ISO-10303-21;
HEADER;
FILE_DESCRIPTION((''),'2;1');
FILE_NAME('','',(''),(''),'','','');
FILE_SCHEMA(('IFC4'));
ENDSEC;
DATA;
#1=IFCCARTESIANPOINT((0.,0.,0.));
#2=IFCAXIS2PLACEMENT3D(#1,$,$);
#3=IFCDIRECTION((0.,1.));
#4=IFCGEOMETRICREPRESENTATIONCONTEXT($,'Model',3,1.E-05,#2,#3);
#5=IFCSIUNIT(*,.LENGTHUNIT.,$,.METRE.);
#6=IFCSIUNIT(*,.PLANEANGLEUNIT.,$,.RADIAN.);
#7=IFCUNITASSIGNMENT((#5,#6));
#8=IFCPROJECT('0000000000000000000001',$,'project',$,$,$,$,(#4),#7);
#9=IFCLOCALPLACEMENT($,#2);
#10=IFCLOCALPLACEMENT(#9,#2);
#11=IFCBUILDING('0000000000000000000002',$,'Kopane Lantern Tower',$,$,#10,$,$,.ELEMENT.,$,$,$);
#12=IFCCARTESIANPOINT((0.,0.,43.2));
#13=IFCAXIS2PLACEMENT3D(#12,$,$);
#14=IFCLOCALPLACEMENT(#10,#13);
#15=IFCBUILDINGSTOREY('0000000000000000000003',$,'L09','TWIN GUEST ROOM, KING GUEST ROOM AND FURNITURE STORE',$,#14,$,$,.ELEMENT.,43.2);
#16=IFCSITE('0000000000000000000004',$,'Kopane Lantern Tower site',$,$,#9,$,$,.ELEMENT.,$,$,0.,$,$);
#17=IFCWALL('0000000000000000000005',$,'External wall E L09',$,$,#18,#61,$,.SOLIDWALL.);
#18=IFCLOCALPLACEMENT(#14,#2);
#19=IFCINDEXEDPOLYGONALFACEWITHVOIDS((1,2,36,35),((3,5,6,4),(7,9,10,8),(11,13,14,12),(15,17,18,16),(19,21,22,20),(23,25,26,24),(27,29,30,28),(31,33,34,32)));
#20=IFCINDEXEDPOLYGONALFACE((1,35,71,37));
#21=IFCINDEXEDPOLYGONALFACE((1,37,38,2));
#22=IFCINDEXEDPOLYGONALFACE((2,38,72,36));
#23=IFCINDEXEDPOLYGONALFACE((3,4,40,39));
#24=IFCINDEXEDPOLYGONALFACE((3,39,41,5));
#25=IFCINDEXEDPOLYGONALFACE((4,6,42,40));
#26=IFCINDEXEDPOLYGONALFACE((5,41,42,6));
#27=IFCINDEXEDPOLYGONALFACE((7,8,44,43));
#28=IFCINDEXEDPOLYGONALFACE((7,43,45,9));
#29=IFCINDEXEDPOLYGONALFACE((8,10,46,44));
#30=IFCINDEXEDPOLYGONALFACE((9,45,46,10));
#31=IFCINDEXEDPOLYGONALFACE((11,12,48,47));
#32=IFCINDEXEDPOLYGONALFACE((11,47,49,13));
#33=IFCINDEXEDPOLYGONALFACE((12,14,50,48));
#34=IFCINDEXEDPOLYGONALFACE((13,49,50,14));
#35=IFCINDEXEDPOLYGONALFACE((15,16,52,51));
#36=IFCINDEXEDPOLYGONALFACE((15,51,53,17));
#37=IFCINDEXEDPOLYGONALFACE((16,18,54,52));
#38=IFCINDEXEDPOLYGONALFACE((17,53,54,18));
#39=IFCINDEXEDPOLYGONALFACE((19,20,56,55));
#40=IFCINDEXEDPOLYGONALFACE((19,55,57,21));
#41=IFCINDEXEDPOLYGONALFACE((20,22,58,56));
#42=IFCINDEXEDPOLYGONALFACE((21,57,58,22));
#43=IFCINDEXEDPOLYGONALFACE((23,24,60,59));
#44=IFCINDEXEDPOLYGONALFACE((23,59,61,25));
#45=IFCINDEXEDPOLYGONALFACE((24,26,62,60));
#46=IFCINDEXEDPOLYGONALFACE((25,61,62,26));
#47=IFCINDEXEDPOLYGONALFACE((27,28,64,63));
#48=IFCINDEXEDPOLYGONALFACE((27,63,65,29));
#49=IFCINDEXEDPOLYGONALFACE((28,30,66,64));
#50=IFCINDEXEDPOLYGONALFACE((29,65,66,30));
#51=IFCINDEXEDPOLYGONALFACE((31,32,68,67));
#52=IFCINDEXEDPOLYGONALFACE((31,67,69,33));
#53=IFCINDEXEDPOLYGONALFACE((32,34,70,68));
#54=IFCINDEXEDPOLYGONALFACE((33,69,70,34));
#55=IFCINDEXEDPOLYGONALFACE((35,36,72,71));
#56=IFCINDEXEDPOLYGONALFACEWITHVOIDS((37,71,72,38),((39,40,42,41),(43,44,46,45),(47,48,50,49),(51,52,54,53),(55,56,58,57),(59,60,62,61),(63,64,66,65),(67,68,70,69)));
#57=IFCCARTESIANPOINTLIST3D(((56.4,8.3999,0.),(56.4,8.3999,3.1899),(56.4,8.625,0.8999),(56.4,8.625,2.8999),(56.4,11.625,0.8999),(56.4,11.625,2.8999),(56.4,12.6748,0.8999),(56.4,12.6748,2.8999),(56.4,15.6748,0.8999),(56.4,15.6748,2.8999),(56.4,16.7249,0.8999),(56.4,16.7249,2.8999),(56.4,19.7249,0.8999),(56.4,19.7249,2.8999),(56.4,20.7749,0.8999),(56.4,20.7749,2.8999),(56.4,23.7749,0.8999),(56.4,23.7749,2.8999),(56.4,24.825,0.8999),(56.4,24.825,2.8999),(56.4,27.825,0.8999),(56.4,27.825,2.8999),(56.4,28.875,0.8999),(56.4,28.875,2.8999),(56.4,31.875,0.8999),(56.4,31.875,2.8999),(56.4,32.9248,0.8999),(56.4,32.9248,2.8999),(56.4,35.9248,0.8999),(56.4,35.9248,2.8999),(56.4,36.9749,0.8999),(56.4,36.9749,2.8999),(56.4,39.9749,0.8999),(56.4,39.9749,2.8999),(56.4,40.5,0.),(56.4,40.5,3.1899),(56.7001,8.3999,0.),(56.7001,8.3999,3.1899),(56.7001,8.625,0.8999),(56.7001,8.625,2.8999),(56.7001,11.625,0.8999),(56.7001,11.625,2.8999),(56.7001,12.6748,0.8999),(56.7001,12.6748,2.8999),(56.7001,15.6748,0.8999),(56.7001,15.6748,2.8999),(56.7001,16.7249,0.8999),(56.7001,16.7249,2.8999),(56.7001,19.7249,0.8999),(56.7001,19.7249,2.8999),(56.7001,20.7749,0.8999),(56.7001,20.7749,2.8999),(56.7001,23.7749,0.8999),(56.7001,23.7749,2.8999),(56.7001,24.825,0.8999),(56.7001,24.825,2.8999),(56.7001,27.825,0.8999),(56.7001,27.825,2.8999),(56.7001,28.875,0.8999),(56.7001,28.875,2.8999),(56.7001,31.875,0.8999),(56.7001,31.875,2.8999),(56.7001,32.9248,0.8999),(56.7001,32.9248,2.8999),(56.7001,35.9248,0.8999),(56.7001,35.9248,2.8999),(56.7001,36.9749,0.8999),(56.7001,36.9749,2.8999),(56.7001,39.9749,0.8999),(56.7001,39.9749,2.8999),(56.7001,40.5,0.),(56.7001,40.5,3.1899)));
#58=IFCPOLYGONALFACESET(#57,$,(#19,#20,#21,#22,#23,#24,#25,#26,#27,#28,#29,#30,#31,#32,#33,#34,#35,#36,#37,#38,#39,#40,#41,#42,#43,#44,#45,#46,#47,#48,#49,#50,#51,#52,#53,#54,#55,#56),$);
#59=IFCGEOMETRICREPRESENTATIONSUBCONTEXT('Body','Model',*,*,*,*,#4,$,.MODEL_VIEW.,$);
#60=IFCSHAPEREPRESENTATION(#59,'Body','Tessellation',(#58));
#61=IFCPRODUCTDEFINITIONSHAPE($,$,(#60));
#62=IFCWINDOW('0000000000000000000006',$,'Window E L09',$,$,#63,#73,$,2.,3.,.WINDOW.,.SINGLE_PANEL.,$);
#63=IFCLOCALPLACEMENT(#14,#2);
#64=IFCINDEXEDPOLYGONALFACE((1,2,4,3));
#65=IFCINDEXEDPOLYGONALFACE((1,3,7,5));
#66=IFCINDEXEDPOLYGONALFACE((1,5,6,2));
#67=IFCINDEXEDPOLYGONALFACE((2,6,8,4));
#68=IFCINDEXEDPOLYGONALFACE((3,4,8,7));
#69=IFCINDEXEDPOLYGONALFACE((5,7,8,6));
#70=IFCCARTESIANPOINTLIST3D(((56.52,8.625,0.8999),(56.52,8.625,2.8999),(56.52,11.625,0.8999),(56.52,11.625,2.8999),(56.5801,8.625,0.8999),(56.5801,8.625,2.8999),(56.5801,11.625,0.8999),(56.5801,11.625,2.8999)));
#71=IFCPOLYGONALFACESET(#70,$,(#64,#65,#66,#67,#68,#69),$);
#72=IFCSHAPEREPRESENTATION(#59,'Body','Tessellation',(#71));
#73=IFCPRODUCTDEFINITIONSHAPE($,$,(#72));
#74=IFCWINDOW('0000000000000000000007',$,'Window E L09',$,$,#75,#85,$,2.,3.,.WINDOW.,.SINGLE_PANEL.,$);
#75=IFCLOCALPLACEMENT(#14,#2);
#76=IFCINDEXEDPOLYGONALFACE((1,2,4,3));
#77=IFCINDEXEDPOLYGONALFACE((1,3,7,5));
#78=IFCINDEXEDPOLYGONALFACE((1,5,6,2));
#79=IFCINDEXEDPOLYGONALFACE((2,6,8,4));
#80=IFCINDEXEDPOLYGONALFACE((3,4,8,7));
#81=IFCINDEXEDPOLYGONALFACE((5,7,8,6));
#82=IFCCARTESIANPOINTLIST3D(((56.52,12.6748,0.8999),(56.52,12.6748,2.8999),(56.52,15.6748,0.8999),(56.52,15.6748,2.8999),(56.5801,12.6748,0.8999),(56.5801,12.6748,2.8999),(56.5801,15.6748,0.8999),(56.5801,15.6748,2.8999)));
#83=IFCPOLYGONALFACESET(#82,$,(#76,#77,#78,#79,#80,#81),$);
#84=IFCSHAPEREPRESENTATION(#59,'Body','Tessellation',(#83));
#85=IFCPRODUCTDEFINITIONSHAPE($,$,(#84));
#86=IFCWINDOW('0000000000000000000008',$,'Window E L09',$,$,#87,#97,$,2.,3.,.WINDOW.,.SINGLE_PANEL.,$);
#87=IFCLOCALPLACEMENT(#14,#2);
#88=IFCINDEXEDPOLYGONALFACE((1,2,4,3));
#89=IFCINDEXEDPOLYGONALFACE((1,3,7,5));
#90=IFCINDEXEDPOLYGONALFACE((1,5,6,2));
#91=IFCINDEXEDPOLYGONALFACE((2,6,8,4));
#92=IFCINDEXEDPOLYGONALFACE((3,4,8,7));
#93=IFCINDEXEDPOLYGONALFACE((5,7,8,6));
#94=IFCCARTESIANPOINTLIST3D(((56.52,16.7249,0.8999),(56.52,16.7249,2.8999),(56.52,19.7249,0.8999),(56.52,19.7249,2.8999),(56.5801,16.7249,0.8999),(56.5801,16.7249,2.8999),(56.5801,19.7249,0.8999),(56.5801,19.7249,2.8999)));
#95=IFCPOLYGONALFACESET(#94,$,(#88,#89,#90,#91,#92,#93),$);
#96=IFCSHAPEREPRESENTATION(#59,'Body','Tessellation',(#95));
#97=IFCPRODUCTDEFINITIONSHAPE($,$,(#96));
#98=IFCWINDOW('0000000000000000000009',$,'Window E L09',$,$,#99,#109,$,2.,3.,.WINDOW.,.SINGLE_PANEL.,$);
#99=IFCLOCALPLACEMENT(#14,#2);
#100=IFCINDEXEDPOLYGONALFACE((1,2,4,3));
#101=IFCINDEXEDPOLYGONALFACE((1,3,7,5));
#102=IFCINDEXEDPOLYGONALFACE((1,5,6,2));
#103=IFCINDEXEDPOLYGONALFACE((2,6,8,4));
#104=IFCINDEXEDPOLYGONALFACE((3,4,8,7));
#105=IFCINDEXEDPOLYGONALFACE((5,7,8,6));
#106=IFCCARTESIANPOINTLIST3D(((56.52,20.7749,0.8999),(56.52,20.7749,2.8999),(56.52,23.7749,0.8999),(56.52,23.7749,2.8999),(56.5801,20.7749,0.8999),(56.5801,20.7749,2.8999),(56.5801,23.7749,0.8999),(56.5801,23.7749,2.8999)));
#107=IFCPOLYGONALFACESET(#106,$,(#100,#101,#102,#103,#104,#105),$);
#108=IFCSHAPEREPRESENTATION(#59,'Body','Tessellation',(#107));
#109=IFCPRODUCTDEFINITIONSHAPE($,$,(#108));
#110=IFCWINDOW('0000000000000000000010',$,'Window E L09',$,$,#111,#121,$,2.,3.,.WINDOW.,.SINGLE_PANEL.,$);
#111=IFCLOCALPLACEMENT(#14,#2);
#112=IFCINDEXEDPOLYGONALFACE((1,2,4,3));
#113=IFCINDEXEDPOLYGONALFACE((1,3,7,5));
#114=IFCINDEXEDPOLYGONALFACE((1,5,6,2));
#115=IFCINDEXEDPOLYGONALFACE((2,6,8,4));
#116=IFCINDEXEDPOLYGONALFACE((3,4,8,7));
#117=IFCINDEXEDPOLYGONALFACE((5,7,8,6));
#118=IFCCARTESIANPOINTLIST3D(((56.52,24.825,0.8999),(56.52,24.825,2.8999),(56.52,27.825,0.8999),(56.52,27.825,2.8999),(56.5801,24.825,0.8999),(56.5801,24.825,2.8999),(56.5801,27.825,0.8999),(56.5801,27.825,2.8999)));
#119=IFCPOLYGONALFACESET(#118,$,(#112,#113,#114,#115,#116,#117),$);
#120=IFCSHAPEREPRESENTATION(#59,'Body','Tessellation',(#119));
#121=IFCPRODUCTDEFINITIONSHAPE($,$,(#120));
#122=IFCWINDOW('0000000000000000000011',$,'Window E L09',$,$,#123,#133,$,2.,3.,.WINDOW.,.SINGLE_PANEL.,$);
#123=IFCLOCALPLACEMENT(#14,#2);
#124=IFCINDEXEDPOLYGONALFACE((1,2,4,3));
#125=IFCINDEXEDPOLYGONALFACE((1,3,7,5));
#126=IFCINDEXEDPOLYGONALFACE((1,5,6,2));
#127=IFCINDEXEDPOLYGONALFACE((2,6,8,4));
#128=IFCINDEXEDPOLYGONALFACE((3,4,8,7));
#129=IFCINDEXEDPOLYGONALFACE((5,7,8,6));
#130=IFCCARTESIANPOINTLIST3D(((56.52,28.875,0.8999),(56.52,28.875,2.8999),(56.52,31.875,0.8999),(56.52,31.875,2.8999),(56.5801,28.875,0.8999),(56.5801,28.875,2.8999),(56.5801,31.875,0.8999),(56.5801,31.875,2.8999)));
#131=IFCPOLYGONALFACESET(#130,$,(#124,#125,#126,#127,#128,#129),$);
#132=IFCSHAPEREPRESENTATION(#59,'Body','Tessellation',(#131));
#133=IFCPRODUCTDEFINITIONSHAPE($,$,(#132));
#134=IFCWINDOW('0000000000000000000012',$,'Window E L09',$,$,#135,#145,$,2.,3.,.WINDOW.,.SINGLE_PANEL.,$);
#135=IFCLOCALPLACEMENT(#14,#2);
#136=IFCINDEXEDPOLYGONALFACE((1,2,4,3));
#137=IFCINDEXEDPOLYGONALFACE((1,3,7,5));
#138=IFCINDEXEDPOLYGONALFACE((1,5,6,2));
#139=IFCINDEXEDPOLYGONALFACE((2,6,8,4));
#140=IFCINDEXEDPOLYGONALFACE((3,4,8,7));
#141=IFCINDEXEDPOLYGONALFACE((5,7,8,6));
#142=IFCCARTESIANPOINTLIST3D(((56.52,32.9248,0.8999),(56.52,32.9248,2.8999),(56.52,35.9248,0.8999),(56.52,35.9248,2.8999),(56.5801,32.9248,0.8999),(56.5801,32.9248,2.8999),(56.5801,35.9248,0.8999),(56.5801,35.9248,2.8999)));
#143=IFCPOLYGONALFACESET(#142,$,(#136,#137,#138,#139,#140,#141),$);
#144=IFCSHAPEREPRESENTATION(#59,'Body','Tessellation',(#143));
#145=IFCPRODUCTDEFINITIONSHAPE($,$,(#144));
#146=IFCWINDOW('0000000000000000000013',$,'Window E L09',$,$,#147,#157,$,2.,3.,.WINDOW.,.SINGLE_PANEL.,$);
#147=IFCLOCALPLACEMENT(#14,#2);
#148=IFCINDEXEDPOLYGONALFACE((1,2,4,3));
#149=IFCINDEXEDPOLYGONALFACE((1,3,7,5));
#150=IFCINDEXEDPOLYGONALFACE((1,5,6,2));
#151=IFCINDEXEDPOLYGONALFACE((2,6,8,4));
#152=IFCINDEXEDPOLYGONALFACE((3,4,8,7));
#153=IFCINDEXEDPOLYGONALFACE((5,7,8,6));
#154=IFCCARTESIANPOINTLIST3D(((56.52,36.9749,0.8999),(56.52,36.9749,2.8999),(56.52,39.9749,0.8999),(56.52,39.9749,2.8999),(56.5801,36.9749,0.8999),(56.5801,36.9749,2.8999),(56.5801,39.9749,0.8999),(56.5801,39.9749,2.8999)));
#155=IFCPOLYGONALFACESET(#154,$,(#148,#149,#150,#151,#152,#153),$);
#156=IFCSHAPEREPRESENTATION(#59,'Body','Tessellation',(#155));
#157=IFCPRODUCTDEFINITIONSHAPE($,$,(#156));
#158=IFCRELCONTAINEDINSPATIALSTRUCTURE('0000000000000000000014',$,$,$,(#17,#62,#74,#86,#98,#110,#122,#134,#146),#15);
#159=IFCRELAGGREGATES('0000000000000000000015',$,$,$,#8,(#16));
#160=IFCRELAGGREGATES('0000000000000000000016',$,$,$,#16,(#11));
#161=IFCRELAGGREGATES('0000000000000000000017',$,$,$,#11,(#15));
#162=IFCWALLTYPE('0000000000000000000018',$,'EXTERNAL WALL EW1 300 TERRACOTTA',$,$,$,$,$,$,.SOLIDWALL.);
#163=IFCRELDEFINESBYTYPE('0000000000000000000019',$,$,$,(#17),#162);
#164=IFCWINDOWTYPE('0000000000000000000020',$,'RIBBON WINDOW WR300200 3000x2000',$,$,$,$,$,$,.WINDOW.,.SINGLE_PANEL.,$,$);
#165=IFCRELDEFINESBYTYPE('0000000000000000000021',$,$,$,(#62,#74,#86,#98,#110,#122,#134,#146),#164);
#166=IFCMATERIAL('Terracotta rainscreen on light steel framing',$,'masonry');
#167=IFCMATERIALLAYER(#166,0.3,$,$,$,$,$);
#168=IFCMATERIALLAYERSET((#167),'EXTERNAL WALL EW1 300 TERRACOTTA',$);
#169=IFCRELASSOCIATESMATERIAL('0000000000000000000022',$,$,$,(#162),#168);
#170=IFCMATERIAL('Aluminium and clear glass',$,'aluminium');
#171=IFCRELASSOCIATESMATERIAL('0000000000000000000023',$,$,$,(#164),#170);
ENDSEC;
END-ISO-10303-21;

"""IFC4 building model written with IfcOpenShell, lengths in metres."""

from ifc_helpers import new_model, si_unit, direction, frame, frame_2d, origin, place, context, subcontext, project, spatial, rectangle, extrude, material, layer, layer_set, type_object, element, fill, save


model = new_model("IFC4")

# Units and contexts
model_context = context("Model", 3, precision=1e-05, world=origin(), true_north=direction((0.0, 1.0)))
body_context = subcontext(model_context, "Body", "Model", "MODEL_VIEW")
ifc_project = project(units=[si_unit("LENGTHUNIT", "METRE"), si_unit("PLANEANGLEUNIT", "RADIAN")], contexts=[model_context])

# Site, building, storey
site_placement = place(None, origin())
site = spatial("IfcSite", under=ifc_project, at=site_placement, Name="Kopane Lantern Tower site", CompositionType="ELEMENT", RefElevation=0.0)
building_placement = place(site_placement, origin())
building = spatial("IfcBuilding", under=site, at=building_placement, Name="Kopane Lantern Tower", CompositionType="ELEMENT")
storey_placement = place(building_placement, frame((0.0, 0.0, 43.2)))
storey = spatial("IfcBuildingStorey", under=building, at=storey_placement, Name="L09", Description="TWIN GUEST ROOM, KING GUEST ROOM AND FURNITURE STORE", CompositionType="ELEMENT", Elevation=43.2)

# Shared definitions
ifc_material_1 = material(Name="Terracotta rainscreen on light steel framing", Category="masonry")
ifc_layer_1 = layer(ifc_material_1, 0.3)
ifc_layer_set_1 = layer_set([ifc_layer_1], Name="EXTERNAL WALL EW1 300 TERRACOTTA")
wall_type_1 = type_object("IfcWallType", Name="EXTERNAL WALL EW1 300 TERRACOTTA", PredefinedType="SOLIDWALL", material=ifc_layer_set_1)

# Wall, openings, windows
wall_1_placement = place(storey_placement, frame((56.55, 8.3999, 0.0), z_axis=(0.0, 0.0, 1.0), x_axis=(0.0, 1.0, 0.0)))
wall_1 = element("IfcWall", 1, at=wall_1_placement, inside=storey, type_object=wall_type_1, Name="External wall E L09", PredefinedType="SOLIDWALL", context=body_context, shape_type="SweptSolid", body=[
    extrude(rectangle(XDim=32.1001, YDim=0.3, at=frame_2d((16.05, 0.0))), origin(), (0.0, 0.0, 1.0), 3.1899),
])
opening_1_placement = place(wall_1_placement, frame((0.2251, 0.0, 0.8999)))
opening_1 = element("IfcOpeningElement", 2, at=opening_1_placement, cuts=wall_1, PredefinedType="OPENING", context=body_context, shape_type="SweptSolid", body=[
    extrude(rectangle(XDim=3.0, YDim=2.0, at=frame_2d((1.5, 1.0))), frame((0.0, 0.1599, 0.0), z_axis=(0.0, -1.0, 0.0), x_axis=(1.0, 0.0, 0.0)), (0.0, 0.0, 1.0), 0.3201),
])
opening_2_placement = place(wall_1_placement, frame((4.2749, 0.0, 0.8999)))
opening_2 = element("IfcOpeningElement", 3, at=opening_2_placement, cuts=wall_1, PredefinedType="OPENING", context=body_context, shape_type="SweptSolid", body=[
    extrude(rectangle(XDim=3.0, YDim=2.0, at=frame_2d((1.5, 1.0))), frame((0.0, 0.1599, 0.0), z_axis=(0.0, -1.0, 0.0), x_axis=(1.0, 0.0, 0.0)), (0.0, 0.0, 1.0), 0.3201),
])
opening_3_placement = place(wall_1_placement, frame((8.325, 0.0, 0.8999)))
opening_3 = element("IfcOpeningElement", 4, at=opening_3_placement, cuts=wall_1, PredefinedType="OPENING", context=body_context, shape_type="SweptSolid", body=[
    extrude(rectangle(XDim=3.0, YDim=2.0, at=frame_2d((1.5, 1.0))), frame((0.0, 0.1599, 0.0), z_axis=(0.0, -1.0, 0.0), x_axis=(1.0, 0.0, 0.0)), (0.0, 0.0, 1.0), 0.3201),
])
opening_4_placement = place(wall_1_placement, frame((12.375, 0.0, 0.8999)))
opening_4 = element("IfcOpeningElement", 5, at=opening_4_placement, cuts=wall_1, PredefinedType="OPENING", context=body_context, shape_type="SweptSolid", body=[
    extrude(rectangle(XDim=3.0, YDim=2.0, at=frame_2d((1.5, 1.0))), frame((0.0, 0.1599, 0.0), z_axis=(0.0, -1.0, 0.0), x_axis=(1.0, 0.0, 0.0)), (0.0, 0.0, 1.0), 0.3201),
])
opening_5_placement = place(wall_1_placement, frame((16.425, 0.0, 0.8999)))
opening_5 = element("IfcOpeningElement", 6, at=opening_5_placement, cuts=wall_1, PredefinedType="OPENING", context=body_context, shape_type="SweptSolid", body=[
    extrude(rectangle(XDim=3.0, YDim=2.0, at=frame_2d((1.5, 1.0))), frame((0.0, 0.1599, 0.0), z_axis=(0.0, -1.0, 0.0), x_axis=(1.0, 0.0, 0.0)), (0.0, 0.0, 1.0), 0.3201),
])
opening_6_placement = place(wall_1_placement, frame((20.4751, 0.0, 0.8999)))
opening_6 = element("IfcOpeningElement", 7, at=opening_6_placement, cuts=wall_1, PredefinedType="OPENING", context=body_context, shape_type="SweptSolid", body=[
    extrude(rectangle(XDim=3.0, YDim=2.0, at=frame_2d((1.5, 1.0))), frame((0.0, 0.1599, 0.0), z_axis=(0.0, -1.0, 0.0), x_axis=(1.0, 0.0, 0.0)), (0.0, 0.0, 1.0), 0.3201),
])
opening_7_placement = place(wall_1_placement, frame((24.5249, 0.0, 0.8999)))
opening_7 = element("IfcOpeningElement", 8, at=opening_7_placement, cuts=wall_1, PredefinedType="OPENING", context=body_context, shape_type="SweptSolid", body=[
    extrude(rectangle(XDim=3.0, YDim=2.0, at=frame_2d((1.5, 1.0))), frame((0.0, 0.1599, 0.0), z_axis=(0.0, -1.0, 0.0), x_axis=(1.0, 0.0, 0.0)), (0.0, 0.0, 1.0), 0.3201),
])
opening_8_placement = place(wall_1_placement, frame((28.575, 0.0, 0.8999)))
opening_8 = element("IfcOpeningElement", 9, at=opening_8_placement, cuts=wall_1, PredefinedType="OPENING", context=body_context, shape_type="SweptSolid", body=[
    extrude(rectangle(XDim=3.0, YDim=2.0, at=frame_2d((1.5, 1.0))), frame((0.0, 0.1599, 0.0), z_axis=(0.0, -1.0, 0.0), x_axis=(1.0, 0.0, 0.0)), (0.0, 0.0, 1.0), 0.3201),
])
ifc_material_2 = material(Name="Aluminium and clear glass", Category="aluminium")
window_type_1 = type_object("IfcWindowType", Name="RIBBON WINDOW WR300200 3000x2000", PartitioningType="SINGLE_PANEL", PredefinedType="WINDOW", material=ifc_material_2)
window_1_placement = place(opening_1_placement, origin())
window_1 = element("IfcWindow", 10, at=window_1_placement, inside=storey, type_object=window_type_1, Name="Window E L09", OverallHeight=2.0, OverallWidth=3.0, PartitioningType="SINGLE_PANEL", PredefinedType="WINDOW", context=body_context, shape_type="SweptSolid", body=[
    extrude(rectangle(XDim=3.0, YDim=2.0, at=frame_2d((1.5, 1.0))), frame((0.0, 0.03, 0.0), z_axis=(0.0, -1.0, 0.0), x_axis=(1.0, 0.0, 0.0)), (0.0, 0.0, 1.0), 0.0601),
])
fill(opening_1, window_1)
window_2_placement = place(opening_2_placement, origin())
window_2 = element("IfcWindow", 11, at=window_2_placement, inside=storey, type_object=window_type_1, Name="Window E L09", OverallHeight=2.0, OverallWidth=3.0, PartitioningType="SINGLE_PANEL", PredefinedType="WINDOW", context=body_context, shape_type="SweptSolid", body=[
    extrude(rectangle(XDim=3.0, YDim=2.0, at=frame_2d((1.5, 1.0))), frame((0.0, 0.03, 0.0), z_axis=(0.0, -1.0, 0.0), x_axis=(1.0, 0.0, 0.0)), (0.0, 0.0, 1.0), 0.0601),
])
fill(opening_2, window_2)
window_3_placement = place(opening_3_placement, origin())
window_3 = element("IfcWindow", 12, at=window_3_placement, inside=storey, type_object=window_type_1, Name="Window E L09", OverallHeight=2.0, OverallWidth=3.0, PartitioningType="SINGLE_PANEL", PredefinedType="WINDOW", context=body_context, shape_type="SweptSolid", body=[
    extrude(rectangle(XDim=3.0, YDim=2.0, at=frame_2d((1.5, 1.0))), frame((0.0, 0.03, 0.0), z_axis=(0.0, -1.0, 0.0), x_axis=(1.0, 0.0, 0.0)), (0.0, 0.0, 1.0), 0.0601),
])
fill(opening_3, window_3)
window_4_placement = place(opening_4_placement, origin())
window_4 = element("IfcWindow", 13, at=window_4_placement, inside=storey, type_object=window_type_1, Name="Window E L09", OverallHeight=2.0, OverallWidth=3.0, PartitioningType="SINGLE_PANEL", PredefinedType="WINDOW", context=body_context, shape_type="SweptSolid", body=[
    extrude(rectangle(XDim=3.0, YDim=2.0, at=frame_2d((1.5, 1.0))), frame((0.0, 0.03, 0.0), z_axis=(0.0, -1.0, 0.0), x_axis=(1.0, 0.0, 0.0)), (0.0, 0.0, 1.0), 0.0601),
])
fill(opening_4, window_4)
window_5_placement = place(opening_5_placement, origin())
window_5 = element("IfcWindow", 14, at=window_5_placement, inside=storey, type_object=window_type_1, Name="Window E L09", OverallHeight=2.0, OverallWidth=3.0, PartitioningType="SINGLE_PANEL", PredefinedType="WINDOW", context=body_context, shape_type="SweptSolid", body=[
    extrude(rectangle(XDim=3.0, YDim=2.0, at=frame_2d((1.5, 1.0))), frame((0.0, 0.03, 0.0), z_axis=(0.0, -1.0, 0.0), x_axis=(1.0, 0.0, 0.0)), (0.0, 0.0, 1.0), 0.0601),
])
fill(opening_5, window_5)
window_6_placement = place(opening_6_placement, origin())
window_6 = element("IfcWindow", 15, at=window_6_placement, inside=storey, type_object=window_type_1, Name="Window E L09", OverallHeight=2.0, OverallWidth=3.0, PartitioningType="SINGLE_PANEL", PredefinedType="WINDOW", context=body_context, shape_type="SweptSolid", body=[
    extrude(rectangle(XDim=3.0, YDim=2.0, at=frame_2d((1.5, 1.0))), frame((0.0, 0.03, 0.0), z_axis=(0.0, -1.0, 0.0), x_axis=(1.0, 0.0, 0.0)), (0.0, 0.0, 1.0), 0.0601),
])
fill(opening_6, window_6)
window_7_placement = place(opening_7_placement, origin())
window_7 = element("IfcWindow", 16, at=window_7_placement, inside=storey, type_object=window_type_1, Name="Window E L09", OverallHeight=2.0, OverallWidth=3.0, PartitioningType="SINGLE_PANEL", PredefinedType="WINDOW", context=body_context, shape_type="SweptSolid", body=[
    extrude(rectangle(XDim=3.0, YDim=2.0, at=frame_2d((1.5, 1.0))), frame((0.0, 0.03, 0.0), z_axis=(0.0, -1.0, 0.0), x_axis=(1.0, 0.0, 0.0)), (0.0, 0.0, 1.0), 0.0601),
])
fill(opening_7, window_7)
window_8_placement = place(opening_8_placement, origin())
window_8 = element("IfcWindow", 17, at=window_8_placement, inside=storey, type_object=window_type_1, Name="Window E L09", OverallHeight=2.0, OverallWidth=3.0, PartitioningType="SINGLE_PANEL", PredefinedType="WINDOW", context=body_context, shape_type="SweptSolid", body=[
    extrude(rectangle(XDim=3.0, YDim=2.0, at=frame_2d((1.5, 1.0))), frame((0.0, 0.03, 0.0), z_axis=(0.0, -1.0, 0.0), x_axis=(1.0, 0.0, 0.0)), (0.0, 0.0, 1.0), 0.0601),
])
fill(opening_8, window_8)

save(model, "model.ifc")
